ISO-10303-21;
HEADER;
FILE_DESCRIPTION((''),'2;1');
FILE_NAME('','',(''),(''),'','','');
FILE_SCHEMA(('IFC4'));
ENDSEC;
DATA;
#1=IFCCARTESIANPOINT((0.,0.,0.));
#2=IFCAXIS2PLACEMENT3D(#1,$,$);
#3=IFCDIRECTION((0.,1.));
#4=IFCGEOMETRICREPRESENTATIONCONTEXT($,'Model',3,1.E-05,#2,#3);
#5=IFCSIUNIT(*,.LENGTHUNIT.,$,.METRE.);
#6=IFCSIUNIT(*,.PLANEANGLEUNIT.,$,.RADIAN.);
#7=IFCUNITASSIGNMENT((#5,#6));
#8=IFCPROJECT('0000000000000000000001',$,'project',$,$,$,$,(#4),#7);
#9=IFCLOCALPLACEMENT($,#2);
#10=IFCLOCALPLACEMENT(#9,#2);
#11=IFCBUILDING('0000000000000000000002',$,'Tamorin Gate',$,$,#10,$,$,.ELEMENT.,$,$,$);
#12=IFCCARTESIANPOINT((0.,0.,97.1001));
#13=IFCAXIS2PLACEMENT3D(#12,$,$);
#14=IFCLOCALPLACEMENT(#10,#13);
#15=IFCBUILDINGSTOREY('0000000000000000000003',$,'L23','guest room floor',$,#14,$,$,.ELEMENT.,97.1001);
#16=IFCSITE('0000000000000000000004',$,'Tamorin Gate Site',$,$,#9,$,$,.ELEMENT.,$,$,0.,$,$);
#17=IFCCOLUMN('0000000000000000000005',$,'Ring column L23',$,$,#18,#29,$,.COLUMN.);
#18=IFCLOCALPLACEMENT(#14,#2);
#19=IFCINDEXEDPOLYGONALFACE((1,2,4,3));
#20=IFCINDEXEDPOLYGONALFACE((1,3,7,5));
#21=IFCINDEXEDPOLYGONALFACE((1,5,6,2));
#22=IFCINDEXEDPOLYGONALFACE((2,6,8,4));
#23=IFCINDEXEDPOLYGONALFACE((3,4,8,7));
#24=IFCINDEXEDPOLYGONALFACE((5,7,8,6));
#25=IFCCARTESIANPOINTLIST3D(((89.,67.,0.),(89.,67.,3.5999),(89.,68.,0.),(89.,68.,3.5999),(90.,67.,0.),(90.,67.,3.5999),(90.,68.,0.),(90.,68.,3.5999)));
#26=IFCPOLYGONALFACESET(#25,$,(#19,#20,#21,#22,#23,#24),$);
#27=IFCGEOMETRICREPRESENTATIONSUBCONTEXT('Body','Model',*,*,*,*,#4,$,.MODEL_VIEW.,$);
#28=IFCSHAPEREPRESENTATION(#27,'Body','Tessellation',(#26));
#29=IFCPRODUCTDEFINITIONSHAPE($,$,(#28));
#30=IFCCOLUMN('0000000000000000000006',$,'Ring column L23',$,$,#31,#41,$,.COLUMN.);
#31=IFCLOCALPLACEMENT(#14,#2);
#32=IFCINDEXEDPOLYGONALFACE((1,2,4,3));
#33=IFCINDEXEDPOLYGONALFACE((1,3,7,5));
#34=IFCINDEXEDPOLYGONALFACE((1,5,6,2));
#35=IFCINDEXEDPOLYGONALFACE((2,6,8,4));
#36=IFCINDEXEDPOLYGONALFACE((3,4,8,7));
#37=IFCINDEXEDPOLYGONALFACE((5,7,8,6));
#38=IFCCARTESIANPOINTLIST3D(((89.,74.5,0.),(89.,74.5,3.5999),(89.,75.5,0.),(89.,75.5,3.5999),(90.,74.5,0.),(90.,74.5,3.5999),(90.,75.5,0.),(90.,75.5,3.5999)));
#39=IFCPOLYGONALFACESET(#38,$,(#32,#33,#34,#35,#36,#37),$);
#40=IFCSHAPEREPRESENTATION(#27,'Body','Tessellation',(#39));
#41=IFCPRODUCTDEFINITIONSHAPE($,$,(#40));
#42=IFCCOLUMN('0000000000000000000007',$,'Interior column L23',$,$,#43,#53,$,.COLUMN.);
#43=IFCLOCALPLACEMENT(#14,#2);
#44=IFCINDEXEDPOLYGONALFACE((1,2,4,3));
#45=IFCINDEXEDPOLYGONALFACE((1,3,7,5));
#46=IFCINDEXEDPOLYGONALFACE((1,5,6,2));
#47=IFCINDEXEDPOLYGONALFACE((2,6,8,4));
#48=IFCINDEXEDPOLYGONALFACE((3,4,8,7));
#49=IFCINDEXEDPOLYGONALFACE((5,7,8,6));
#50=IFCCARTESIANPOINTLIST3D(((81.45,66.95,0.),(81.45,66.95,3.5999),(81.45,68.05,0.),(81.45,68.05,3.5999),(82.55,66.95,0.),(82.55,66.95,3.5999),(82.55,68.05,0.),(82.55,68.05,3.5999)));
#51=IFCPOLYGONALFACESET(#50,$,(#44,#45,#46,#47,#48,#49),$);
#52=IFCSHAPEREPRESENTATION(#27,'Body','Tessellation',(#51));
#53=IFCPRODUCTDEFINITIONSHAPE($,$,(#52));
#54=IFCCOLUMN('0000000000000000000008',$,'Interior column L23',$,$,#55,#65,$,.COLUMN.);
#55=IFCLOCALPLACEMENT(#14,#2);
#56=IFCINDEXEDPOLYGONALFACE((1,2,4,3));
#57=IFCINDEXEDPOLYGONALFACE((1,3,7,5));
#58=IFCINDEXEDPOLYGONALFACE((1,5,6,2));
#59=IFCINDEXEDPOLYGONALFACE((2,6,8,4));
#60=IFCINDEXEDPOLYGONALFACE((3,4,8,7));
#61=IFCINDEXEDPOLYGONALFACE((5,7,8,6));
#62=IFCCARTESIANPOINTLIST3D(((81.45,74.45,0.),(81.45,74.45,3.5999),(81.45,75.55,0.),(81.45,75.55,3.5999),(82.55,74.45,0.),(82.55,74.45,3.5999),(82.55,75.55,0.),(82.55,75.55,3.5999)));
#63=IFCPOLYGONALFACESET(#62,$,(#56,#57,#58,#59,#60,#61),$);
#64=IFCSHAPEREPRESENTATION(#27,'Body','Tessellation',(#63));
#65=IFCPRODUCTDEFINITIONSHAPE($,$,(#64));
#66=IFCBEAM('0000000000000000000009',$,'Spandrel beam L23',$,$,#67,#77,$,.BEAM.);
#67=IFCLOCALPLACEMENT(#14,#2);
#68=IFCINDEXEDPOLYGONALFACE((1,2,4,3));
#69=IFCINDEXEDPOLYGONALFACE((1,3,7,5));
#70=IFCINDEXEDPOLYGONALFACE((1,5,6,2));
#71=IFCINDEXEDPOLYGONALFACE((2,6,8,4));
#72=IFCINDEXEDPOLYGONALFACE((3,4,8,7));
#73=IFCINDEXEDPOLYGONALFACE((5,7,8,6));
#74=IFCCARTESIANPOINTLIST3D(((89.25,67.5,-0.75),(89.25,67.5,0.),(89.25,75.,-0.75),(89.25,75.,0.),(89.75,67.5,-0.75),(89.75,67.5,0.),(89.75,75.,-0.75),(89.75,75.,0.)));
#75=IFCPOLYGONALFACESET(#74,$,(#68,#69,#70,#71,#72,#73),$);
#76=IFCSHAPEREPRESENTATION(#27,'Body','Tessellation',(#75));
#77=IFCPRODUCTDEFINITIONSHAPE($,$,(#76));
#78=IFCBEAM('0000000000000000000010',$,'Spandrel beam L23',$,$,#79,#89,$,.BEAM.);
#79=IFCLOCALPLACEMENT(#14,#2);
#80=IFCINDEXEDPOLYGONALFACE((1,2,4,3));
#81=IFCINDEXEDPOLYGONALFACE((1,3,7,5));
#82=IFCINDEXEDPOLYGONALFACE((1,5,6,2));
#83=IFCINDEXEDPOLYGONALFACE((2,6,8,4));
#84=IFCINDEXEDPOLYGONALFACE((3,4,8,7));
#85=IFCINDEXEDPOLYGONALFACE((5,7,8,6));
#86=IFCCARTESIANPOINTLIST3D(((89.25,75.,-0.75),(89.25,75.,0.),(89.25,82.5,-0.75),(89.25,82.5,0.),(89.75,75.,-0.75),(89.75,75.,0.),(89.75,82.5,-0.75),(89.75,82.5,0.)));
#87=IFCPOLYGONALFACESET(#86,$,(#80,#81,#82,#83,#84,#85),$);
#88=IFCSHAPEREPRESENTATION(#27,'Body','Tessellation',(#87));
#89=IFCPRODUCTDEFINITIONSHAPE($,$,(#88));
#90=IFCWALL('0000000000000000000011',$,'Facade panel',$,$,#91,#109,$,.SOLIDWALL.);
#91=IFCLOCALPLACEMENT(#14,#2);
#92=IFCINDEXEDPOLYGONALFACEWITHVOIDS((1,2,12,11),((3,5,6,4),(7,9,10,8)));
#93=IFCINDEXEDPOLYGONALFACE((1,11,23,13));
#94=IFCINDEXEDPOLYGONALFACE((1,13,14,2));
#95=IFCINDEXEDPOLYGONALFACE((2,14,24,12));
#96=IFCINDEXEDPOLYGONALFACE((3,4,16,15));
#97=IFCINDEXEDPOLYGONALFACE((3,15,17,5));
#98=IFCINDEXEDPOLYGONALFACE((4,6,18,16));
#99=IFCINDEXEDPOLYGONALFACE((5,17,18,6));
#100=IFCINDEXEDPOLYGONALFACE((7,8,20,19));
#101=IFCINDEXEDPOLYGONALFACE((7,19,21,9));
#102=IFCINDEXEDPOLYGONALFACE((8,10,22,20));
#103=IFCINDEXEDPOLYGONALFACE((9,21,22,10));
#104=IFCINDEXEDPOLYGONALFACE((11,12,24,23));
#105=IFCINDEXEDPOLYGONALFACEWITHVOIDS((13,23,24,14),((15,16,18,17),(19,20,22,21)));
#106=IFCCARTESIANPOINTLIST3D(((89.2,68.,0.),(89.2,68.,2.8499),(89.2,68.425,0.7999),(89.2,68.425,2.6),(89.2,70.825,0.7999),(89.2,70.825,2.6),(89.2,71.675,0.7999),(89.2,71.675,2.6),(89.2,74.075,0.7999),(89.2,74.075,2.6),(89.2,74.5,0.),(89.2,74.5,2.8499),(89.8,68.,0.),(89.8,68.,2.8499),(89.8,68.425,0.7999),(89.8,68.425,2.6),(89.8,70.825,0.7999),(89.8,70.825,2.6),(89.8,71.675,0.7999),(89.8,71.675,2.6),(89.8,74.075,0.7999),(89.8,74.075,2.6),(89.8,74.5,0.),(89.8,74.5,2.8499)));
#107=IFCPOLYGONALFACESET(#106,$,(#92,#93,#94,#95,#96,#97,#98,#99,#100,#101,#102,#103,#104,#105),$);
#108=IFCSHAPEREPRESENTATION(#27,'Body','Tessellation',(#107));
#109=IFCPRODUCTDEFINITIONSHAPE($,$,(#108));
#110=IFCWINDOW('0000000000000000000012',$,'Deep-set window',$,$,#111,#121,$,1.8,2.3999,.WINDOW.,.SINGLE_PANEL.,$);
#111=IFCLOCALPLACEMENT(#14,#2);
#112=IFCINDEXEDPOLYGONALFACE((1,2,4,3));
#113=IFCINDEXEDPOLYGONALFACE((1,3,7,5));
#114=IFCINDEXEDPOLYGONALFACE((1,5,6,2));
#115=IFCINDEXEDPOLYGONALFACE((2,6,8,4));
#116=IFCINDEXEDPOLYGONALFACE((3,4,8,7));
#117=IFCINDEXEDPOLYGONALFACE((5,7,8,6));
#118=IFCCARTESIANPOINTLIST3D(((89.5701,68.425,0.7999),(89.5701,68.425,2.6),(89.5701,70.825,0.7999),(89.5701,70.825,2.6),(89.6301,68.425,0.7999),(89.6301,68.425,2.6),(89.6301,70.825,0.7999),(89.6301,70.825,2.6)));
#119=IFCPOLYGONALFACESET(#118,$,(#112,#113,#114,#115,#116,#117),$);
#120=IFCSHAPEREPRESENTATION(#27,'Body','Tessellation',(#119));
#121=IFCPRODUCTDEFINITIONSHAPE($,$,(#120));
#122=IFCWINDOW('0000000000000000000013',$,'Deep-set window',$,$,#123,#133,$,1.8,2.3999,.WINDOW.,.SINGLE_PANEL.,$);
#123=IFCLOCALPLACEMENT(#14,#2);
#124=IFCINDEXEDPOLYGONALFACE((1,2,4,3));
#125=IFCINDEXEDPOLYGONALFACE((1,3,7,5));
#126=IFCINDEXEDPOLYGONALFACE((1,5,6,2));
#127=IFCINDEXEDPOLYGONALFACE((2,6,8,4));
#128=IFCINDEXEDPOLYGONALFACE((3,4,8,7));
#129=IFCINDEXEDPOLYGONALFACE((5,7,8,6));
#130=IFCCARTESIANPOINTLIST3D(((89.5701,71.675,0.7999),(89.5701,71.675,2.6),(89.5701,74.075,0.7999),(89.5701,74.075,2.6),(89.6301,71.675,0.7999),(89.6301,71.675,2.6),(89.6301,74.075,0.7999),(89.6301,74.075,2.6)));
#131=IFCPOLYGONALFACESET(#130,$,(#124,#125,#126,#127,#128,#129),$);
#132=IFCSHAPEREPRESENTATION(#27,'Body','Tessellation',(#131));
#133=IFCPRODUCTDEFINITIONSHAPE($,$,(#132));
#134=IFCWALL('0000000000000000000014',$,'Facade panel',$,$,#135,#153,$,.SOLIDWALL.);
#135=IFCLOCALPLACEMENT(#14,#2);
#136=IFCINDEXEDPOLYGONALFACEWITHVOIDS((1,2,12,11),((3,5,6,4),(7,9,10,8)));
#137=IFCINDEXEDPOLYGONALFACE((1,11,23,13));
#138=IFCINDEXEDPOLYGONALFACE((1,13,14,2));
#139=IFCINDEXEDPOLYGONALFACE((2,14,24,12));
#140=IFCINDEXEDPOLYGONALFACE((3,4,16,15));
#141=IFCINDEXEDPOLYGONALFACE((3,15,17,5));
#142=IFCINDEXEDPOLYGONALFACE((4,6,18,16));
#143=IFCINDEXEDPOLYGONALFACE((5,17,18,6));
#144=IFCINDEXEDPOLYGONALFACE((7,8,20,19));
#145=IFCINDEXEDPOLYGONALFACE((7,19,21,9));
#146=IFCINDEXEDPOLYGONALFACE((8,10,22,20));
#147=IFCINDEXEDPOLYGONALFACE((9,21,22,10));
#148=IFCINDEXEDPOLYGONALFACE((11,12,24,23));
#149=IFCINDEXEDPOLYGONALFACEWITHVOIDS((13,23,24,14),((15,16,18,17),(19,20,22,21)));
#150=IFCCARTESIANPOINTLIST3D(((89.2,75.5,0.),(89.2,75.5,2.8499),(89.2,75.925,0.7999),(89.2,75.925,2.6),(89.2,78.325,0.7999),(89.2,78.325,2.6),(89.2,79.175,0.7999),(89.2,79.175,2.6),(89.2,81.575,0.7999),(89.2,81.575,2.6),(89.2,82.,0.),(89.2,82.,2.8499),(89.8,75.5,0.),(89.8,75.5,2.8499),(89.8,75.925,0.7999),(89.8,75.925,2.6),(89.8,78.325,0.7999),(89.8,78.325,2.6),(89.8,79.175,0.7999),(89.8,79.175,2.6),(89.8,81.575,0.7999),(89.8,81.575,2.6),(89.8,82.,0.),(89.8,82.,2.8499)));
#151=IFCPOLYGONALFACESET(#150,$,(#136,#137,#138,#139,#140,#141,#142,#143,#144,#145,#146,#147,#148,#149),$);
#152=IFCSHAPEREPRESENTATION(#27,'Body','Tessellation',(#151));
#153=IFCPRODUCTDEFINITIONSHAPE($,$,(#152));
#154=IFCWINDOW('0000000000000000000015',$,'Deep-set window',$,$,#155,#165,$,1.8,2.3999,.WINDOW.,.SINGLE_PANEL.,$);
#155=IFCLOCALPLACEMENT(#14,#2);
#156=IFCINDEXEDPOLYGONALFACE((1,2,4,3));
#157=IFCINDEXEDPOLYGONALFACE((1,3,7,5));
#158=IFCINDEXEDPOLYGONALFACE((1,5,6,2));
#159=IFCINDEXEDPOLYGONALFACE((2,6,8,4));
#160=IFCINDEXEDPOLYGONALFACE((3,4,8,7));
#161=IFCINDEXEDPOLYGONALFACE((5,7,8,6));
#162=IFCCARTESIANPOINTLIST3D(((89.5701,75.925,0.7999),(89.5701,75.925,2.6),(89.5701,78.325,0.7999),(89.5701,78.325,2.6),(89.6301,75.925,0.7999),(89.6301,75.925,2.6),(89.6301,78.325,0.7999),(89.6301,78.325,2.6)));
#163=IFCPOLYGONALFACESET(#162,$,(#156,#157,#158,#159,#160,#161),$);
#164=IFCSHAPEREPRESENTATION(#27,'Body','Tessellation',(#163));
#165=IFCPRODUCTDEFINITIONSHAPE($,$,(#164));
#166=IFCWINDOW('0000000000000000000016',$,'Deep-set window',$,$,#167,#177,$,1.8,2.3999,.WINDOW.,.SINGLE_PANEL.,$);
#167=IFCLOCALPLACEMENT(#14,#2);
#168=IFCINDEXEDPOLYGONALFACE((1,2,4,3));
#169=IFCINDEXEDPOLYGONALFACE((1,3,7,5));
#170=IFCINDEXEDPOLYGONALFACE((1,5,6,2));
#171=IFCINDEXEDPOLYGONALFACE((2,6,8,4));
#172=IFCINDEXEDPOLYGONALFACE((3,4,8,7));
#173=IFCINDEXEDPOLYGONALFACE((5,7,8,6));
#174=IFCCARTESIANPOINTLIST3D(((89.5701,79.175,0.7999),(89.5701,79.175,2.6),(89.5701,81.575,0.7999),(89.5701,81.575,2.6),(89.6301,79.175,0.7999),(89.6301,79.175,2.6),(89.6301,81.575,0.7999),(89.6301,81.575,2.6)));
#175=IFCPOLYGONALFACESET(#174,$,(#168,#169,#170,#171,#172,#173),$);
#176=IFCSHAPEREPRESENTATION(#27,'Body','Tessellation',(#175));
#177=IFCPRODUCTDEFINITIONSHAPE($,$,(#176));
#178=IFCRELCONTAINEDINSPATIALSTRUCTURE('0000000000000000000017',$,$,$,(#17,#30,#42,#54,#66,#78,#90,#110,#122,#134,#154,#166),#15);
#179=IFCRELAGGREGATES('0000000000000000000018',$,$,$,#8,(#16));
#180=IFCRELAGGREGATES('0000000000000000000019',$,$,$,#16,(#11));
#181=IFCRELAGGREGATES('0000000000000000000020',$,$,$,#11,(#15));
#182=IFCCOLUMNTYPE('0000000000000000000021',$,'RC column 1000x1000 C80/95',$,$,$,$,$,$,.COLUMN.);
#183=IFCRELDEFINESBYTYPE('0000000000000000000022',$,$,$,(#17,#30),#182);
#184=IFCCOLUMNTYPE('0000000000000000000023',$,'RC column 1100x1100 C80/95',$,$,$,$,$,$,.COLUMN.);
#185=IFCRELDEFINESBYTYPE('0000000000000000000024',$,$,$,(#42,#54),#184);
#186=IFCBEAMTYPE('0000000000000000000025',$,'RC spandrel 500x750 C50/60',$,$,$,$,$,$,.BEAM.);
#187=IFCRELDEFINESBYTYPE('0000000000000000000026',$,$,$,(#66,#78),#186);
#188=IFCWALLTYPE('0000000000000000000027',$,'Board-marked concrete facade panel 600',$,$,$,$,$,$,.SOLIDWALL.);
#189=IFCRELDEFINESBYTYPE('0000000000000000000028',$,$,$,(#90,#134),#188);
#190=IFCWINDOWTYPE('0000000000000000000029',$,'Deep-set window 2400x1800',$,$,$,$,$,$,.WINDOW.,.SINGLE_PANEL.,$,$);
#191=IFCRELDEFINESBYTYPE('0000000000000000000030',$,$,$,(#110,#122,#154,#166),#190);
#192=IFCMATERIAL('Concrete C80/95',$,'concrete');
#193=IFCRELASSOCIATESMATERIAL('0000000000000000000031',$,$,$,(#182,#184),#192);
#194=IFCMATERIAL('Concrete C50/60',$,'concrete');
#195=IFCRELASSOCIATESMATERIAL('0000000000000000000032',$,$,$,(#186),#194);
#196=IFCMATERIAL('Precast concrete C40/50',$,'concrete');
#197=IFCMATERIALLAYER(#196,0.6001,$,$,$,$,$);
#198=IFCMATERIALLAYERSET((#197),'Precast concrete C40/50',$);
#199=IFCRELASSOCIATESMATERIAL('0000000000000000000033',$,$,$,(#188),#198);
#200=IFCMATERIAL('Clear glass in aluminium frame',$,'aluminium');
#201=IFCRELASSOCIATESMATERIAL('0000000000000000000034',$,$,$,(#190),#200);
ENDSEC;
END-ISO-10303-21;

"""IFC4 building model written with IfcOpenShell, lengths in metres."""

from ifc_helpers import new_model, si_unit, direction, frame, frame_2d, origin, origin_2d, place, context, subcontext, project, spatial, rectangle, extrude, material, layer, layer_set, material_profile, profile_set, type_object, element, fill, save


model = new_model("IFC4")

# Units and contexts
model_context = context("Model", 3, precision=1e-05, world=origin(), true_north=direction((0.0, 1.0)))
body_context = subcontext(model_context, "Body", "Model", "MODEL_VIEW")
ifc_project = project(units=[si_unit("LENGTHUNIT", "METRE"), si_unit("PLANEANGLEUNIT", "RADIAN")], contexts=[model_context])

# Site, building, storey
site_placement = place(None, origin())
site = spatial("IfcSite", under=ifc_project, at=site_placement, Name="Tamorin Gate Site", CompositionType="ELEMENT", RefElevation=0.0)
building_placement = place(site_placement, origin())
building = spatial("IfcBuilding", under=site, at=building_placement, Name="Tamorin Gate", CompositionType="ELEMENT")
storey_placement = place(building_placement, frame((0.0, 0.0, 97.1001)))
storey = spatial("IfcBuildingStorey", under=building, at=storey_placement, Name="L23", Description="guest room floor", CompositionType="ELEMENT", Elevation=97.1001)

# Columns
ifc_material_1 = material(Name="Concrete C80/95", Category="concrete")
ifc_material_profile_1 = material_profile(ifc_material_1, rectangle(XDim=1.0, YDim=1.0, at=origin_2d()), Name="RC 1000x1000")
ifc_profile_set_1 = profile_set([ifc_material_profile_1], Name="Concrete C80/95")
column_type_1 = type_object("IfcColumnType", Name="RC column 1000x1000 C80/95", PredefinedType="COLUMN", material=ifc_profile_set_1)
for number, where, z_axis, x_axis, name in (
    (1, (89.5, 67.5, 0.0), (0.0, 0.0, 1.0), (1.0, 0.0, 0.0), "Ring column L23"),
    (2, (89.5, 75.0, 0.0), (0.0, 0.0, 1.0), (1.0, 0.0, 0.0), "Ring column L23"),
):
    element("IfcColumn", number, at=place(storey_placement, frame(where, z_axis=z_axis, x_axis=x_axis)), inside=storey, type_object=column_type_1, Name=name, PredefinedType="COLUMN", context=body_context, shape_type="SweptSolid", body=[
        extrude(rectangle(XDim=1.0, YDim=1.0, at=origin_2d()), origin(), (0.0, 0.0, 1.0), 3.5999),
    ])
ifc_material_profile_2 = material_profile(ifc_material_1, rectangle(XDim=1.1001, YDim=1.1001, at=origin_2d()), Name="RC 1100x1100")
ifc_profile_set_2 = profile_set([ifc_material_profile_2], Name="Concrete C80/95")
column_type_2 = type_object("IfcColumnType", Name="RC column 1100x1100 C80/95", PredefinedType="COLUMN", material=ifc_profile_set_2)
for number, where, z_axis, x_axis, name in (
    (3, (82.0, 67.5, 0.0), (0.0, 0.0, 1.0), (1.0, 0.0, 0.0), "Interior column L23"),
    (4, (82.0, 75.0, 0.0), (0.0, 0.0, 1.0), (1.0, 0.0, 0.0), "Interior column L23"),
):
    element("IfcColumn", number, at=place(storey_placement, frame(where, z_axis=z_axis, x_axis=x_axis)), inside=storey, type_object=column_type_2, Name=name, PredefinedType="COLUMN", context=body_context, shape_type="SweptSolid", body=[
        extrude(rectangle(XDim=1.1001, YDim=1.1001, at=origin_2d()), origin(), (0.0, 0.0, 1.0), 3.5999),
    ])

# Beams
ifc_material_2 = material(Name="Concrete C50/60", Category="concrete")
ifc_material_profile_3 = material_profile(ifc_material_2, rectangle(XDim=0.5, YDim=0.75, at=origin_2d()), Name="RC 500x750")
ifc_profile_set_3 = profile_set([ifc_material_profile_3], Name="Concrete C50/60")
beam_type = type_object("IfcBeamType", Name="RC spandrel 500x750 C50/60", PredefinedType="BEAM", material=ifc_profile_set_3)
for number, where, z_axis, x_axis, name in (
    (5, (89.5, 67.5, -0.375), (0.0, 1.0, 0.0), (-1.0, 0.0, 0.0), "Spandrel beam L23"),
    (6, (89.5, 75.0, -0.375), (0.0, 1.0, 0.0), (-1.0, 0.0, 0.0), "Spandrel beam L23"),
):
    element("IfcBeam", number, at=place(storey_placement, frame(where, z_axis=z_axis, x_axis=x_axis)), inside=storey, type_object=beam_type, Name=name, PredefinedType="BEAM", context=body_context, shape_type="SweptSolid", body=[
        extrude(rectangle(XDim=0.5, YDim=0.75, at=origin_2d()), origin(), (0.0, 0.0, 1.0), 7.5),
    ])

# Walls, openings, windows
ifc_material_3 = material(Name="Precast concrete C40/50", Category="concrete")
ifc_layer_1 = layer(ifc_material_3, 0.6001)
ifc_layer_set_1 = layer_set([ifc_layer_1], Name="Precast concrete C40/50")
wall_type_1 = type_object("IfcWallType", Name="Board-marked concrete facade panel 600", PredefinedType="SOLIDWALL", material=ifc_layer_set_1)
wall_1_placement = place(storey_placement, frame((89.5, 68.0, 0.0), z_axis=(0.0, 0.0, 1.0), x_axis=(0.0, 1.0, 0.0)))
wall_1 = element("IfcWall", 7, at=wall_1_placement, inside=storey, type_object=wall_type_1, Name="Facade panel", PredefinedType="SOLIDWALL", context=body_context, shape_type="SweptSolid", body=[
    extrude(rectangle(XDim=6.5, YDim=0.6001, at=frame_2d((3.25, 0.0))), origin(), (0.0, 0.0, 1.0), 2.8499),
])
opening_1_placement = place(wall_1_placement, frame((0.425, 0.0, 0.8)))
opening_1 = element("IfcOpeningElement", 8, at=opening_1_placement, cuts=wall_1, PredefinedType="OPENING", context=body_context, shape_type="SweptSolid", body=[
    extrude(rectangle(XDim=2.3999, YDim=1.8, at=frame_2d((1.2, 0.8999))), frame((0.0, 0.3101, 0.0), z_axis=(0.0, -1.0, 0.0), x_axis=(1.0, 0.0, 0.0)), (0.0, 0.0, 1.0), 0.6201),
])
opening_2_placement = place(wall_1_placement, frame((3.675, 0.0, 0.8)))
opening_2 = element("IfcOpeningElement", 9, at=opening_2_placement, cuts=wall_1, PredefinedType="OPENING", context=body_context, shape_type="SweptSolid", body=[
    extrude(rectangle(XDim=2.3999, YDim=1.8, at=frame_2d((1.2, 0.8999))), frame((0.0, 0.3101, 0.0), z_axis=(0.0, -1.0, 0.0), x_axis=(1.0, 0.0, 0.0)), (0.0, 0.0, 1.0), 0.6201),
])
ifc_material_4 = material(Name="Clear glass in aluminium frame", Category="aluminium")
window_type = type_object("IfcWindowType", Name="Deep-set window 2400x1800", PartitioningType="SINGLE_PANEL", PredefinedType="WINDOW", material=ifc_material_4)
window_1_placement = place(opening_1_placement, origin())
window_1 = element("IfcWindow", 10, at=window_1_placement, inside=storey, type_object=window_type, Name="Deep-set window", OverallHeight=1.8, OverallWidth=2.3999, PartitioningType="SINGLE_PANEL", PredefinedType="WINDOW", context=body_context, shape_type="SweptSolid", body=[
    extrude(rectangle(XDim=2.3999, YDim=1.8, at=frame_2d((1.2, 0.8999))), frame((0.0, -0.0701, 0.0), z_axis=(0.0, -1.0, 0.0), x_axis=(1.0, 0.0, 0.0)), (0.0, 0.0, 1.0), 0.0601),
])
fill(opening_1, window_1)
window_2_placement = place(opening_2_placement, origin())
window_2 = element("IfcWindow", 11, at=window_2_placement, inside=storey, type_object=window_type, Name="Deep-set window", OverallHeight=1.8, OverallWidth=2.3999, PartitioningType="SINGLE_PANEL", PredefinedType="WINDOW", context=body_context, shape_type="SweptSolid", body=[
    extrude(rectangle(XDim=2.3999, YDim=1.8, at=frame_2d((1.2, 0.8999))), frame((0.0, -0.0701, 0.0), z_axis=(0.0, -1.0, 0.0), x_axis=(1.0, 0.0, 0.0)), (0.0, 0.0, 1.0), 0.0601),
])
fill(opening_2, window_2)
wall_2_placement = place(storey_placement, frame((89.5, 75.5, 0.0), z_axis=(0.0, 0.0, 1.0), x_axis=(0.0, 1.0, 0.0)))
wall_2 = element("IfcWall", 12, at=wall_2_placement, inside=storey, type_object=wall_type_1, Name="Facade panel", PredefinedType="SOLIDWALL", context=body_context, shape_type="SweptSolid", body=[
    extrude(rectangle(XDim=6.5, YDim=0.6001, at=frame_2d((3.25, 0.0))), origin(), (0.0, 0.0, 1.0), 2.8499),
])
opening_3_placement = place(wall_2_placement, frame((0.425, 0.0, 0.8)))
opening_3 = element("IfcOpeningElement", 13, at=opening_3_placement, cuts=wall_2, PredefinedType="OPENING", context=body_context, shape_type="SweptSolid", body=[
    extrude(rectangle(XDim=2.3999, YDim=1.8, at=frame_2d((1.2, 0.8999))), frame((0.0, 0.3101, 0.0), z_axis=(0.0, -1.0, 0.0), x_axis=(1.0, 0.0, 0.0)), (0.0, 0.0, 1.0), 0.6201),
])
opening_4_placement = place(wall_2_placement, frame((3.675, 0.0, 0.8)))
opening_4 = element("IfcOpeningElement", 14, at=opening_4_placement, cuts=wall_2, PredefinedType="OPENING", context=body_context, shape_type="SweptSolid", body=[
    extrude(rectangle(XDim=2.3999, YDim=1.8, at=frame_2d((1.2, 0.8999))), frame((0.0, 0.3101, 0.0), z_axis=(0.0, -1.0, 0.0), x_axis=(1.0, 0.0, 0.0)), (0.0, 0.0, 1.0), 0.6201),
])
window_3_placement = place(opening_3_placement, origin())
window_3 = element("IfcWindow", 15, at=window_3_placement, inside=storey, type_object=window_type, Name="Deep-set window", OverallHeight=1.8, OverallWidth=2.3999, PartitioningType="SINGLE_PANEL", PredefinedType="WINDOW", context=body_context, shape_type="SweptSolid", body=[
    extrude(rectangle(XDim=2.3999, YDim=1.8, at=frame_2d((1.2, 0.8999))), frame((0.0, -0.0701, 0.0), z_axis=(0.0, -1.0, 0.0), x_axis=(1.0, 0.0, 0.0)), (0.0, 0.0, 1.0), 0.0601),
])
fill(opening_3, window_3)
window_4_placement = place(opening_4_placement, origin())
window_4 = element("IfcWindow", 16, at=window_4_placement, inside=storey, type_object=window_type, Name="Deep-set window", OverallHeight=1.8, OverallWidth=2.3999, PartitioningType="SINGLE_PANEL", PredefinedType="WINDOW", context=body_context, shape_type="SweptSolid", body=[
    extrude(rectangle(XDim=2.3999, YDim=1.8, at=frame_2d((1.2, 0.8999))), frame((0.0, -0.0701, 0.0), z_axis=(0.0, -1.0, 0.0), x_axis=(1.0, 0.0, 0.0)), (0.0, 0.0, 1.0), 0.0601),
])
fill(opening_4, window_4)

save(model, "model.ifc")
